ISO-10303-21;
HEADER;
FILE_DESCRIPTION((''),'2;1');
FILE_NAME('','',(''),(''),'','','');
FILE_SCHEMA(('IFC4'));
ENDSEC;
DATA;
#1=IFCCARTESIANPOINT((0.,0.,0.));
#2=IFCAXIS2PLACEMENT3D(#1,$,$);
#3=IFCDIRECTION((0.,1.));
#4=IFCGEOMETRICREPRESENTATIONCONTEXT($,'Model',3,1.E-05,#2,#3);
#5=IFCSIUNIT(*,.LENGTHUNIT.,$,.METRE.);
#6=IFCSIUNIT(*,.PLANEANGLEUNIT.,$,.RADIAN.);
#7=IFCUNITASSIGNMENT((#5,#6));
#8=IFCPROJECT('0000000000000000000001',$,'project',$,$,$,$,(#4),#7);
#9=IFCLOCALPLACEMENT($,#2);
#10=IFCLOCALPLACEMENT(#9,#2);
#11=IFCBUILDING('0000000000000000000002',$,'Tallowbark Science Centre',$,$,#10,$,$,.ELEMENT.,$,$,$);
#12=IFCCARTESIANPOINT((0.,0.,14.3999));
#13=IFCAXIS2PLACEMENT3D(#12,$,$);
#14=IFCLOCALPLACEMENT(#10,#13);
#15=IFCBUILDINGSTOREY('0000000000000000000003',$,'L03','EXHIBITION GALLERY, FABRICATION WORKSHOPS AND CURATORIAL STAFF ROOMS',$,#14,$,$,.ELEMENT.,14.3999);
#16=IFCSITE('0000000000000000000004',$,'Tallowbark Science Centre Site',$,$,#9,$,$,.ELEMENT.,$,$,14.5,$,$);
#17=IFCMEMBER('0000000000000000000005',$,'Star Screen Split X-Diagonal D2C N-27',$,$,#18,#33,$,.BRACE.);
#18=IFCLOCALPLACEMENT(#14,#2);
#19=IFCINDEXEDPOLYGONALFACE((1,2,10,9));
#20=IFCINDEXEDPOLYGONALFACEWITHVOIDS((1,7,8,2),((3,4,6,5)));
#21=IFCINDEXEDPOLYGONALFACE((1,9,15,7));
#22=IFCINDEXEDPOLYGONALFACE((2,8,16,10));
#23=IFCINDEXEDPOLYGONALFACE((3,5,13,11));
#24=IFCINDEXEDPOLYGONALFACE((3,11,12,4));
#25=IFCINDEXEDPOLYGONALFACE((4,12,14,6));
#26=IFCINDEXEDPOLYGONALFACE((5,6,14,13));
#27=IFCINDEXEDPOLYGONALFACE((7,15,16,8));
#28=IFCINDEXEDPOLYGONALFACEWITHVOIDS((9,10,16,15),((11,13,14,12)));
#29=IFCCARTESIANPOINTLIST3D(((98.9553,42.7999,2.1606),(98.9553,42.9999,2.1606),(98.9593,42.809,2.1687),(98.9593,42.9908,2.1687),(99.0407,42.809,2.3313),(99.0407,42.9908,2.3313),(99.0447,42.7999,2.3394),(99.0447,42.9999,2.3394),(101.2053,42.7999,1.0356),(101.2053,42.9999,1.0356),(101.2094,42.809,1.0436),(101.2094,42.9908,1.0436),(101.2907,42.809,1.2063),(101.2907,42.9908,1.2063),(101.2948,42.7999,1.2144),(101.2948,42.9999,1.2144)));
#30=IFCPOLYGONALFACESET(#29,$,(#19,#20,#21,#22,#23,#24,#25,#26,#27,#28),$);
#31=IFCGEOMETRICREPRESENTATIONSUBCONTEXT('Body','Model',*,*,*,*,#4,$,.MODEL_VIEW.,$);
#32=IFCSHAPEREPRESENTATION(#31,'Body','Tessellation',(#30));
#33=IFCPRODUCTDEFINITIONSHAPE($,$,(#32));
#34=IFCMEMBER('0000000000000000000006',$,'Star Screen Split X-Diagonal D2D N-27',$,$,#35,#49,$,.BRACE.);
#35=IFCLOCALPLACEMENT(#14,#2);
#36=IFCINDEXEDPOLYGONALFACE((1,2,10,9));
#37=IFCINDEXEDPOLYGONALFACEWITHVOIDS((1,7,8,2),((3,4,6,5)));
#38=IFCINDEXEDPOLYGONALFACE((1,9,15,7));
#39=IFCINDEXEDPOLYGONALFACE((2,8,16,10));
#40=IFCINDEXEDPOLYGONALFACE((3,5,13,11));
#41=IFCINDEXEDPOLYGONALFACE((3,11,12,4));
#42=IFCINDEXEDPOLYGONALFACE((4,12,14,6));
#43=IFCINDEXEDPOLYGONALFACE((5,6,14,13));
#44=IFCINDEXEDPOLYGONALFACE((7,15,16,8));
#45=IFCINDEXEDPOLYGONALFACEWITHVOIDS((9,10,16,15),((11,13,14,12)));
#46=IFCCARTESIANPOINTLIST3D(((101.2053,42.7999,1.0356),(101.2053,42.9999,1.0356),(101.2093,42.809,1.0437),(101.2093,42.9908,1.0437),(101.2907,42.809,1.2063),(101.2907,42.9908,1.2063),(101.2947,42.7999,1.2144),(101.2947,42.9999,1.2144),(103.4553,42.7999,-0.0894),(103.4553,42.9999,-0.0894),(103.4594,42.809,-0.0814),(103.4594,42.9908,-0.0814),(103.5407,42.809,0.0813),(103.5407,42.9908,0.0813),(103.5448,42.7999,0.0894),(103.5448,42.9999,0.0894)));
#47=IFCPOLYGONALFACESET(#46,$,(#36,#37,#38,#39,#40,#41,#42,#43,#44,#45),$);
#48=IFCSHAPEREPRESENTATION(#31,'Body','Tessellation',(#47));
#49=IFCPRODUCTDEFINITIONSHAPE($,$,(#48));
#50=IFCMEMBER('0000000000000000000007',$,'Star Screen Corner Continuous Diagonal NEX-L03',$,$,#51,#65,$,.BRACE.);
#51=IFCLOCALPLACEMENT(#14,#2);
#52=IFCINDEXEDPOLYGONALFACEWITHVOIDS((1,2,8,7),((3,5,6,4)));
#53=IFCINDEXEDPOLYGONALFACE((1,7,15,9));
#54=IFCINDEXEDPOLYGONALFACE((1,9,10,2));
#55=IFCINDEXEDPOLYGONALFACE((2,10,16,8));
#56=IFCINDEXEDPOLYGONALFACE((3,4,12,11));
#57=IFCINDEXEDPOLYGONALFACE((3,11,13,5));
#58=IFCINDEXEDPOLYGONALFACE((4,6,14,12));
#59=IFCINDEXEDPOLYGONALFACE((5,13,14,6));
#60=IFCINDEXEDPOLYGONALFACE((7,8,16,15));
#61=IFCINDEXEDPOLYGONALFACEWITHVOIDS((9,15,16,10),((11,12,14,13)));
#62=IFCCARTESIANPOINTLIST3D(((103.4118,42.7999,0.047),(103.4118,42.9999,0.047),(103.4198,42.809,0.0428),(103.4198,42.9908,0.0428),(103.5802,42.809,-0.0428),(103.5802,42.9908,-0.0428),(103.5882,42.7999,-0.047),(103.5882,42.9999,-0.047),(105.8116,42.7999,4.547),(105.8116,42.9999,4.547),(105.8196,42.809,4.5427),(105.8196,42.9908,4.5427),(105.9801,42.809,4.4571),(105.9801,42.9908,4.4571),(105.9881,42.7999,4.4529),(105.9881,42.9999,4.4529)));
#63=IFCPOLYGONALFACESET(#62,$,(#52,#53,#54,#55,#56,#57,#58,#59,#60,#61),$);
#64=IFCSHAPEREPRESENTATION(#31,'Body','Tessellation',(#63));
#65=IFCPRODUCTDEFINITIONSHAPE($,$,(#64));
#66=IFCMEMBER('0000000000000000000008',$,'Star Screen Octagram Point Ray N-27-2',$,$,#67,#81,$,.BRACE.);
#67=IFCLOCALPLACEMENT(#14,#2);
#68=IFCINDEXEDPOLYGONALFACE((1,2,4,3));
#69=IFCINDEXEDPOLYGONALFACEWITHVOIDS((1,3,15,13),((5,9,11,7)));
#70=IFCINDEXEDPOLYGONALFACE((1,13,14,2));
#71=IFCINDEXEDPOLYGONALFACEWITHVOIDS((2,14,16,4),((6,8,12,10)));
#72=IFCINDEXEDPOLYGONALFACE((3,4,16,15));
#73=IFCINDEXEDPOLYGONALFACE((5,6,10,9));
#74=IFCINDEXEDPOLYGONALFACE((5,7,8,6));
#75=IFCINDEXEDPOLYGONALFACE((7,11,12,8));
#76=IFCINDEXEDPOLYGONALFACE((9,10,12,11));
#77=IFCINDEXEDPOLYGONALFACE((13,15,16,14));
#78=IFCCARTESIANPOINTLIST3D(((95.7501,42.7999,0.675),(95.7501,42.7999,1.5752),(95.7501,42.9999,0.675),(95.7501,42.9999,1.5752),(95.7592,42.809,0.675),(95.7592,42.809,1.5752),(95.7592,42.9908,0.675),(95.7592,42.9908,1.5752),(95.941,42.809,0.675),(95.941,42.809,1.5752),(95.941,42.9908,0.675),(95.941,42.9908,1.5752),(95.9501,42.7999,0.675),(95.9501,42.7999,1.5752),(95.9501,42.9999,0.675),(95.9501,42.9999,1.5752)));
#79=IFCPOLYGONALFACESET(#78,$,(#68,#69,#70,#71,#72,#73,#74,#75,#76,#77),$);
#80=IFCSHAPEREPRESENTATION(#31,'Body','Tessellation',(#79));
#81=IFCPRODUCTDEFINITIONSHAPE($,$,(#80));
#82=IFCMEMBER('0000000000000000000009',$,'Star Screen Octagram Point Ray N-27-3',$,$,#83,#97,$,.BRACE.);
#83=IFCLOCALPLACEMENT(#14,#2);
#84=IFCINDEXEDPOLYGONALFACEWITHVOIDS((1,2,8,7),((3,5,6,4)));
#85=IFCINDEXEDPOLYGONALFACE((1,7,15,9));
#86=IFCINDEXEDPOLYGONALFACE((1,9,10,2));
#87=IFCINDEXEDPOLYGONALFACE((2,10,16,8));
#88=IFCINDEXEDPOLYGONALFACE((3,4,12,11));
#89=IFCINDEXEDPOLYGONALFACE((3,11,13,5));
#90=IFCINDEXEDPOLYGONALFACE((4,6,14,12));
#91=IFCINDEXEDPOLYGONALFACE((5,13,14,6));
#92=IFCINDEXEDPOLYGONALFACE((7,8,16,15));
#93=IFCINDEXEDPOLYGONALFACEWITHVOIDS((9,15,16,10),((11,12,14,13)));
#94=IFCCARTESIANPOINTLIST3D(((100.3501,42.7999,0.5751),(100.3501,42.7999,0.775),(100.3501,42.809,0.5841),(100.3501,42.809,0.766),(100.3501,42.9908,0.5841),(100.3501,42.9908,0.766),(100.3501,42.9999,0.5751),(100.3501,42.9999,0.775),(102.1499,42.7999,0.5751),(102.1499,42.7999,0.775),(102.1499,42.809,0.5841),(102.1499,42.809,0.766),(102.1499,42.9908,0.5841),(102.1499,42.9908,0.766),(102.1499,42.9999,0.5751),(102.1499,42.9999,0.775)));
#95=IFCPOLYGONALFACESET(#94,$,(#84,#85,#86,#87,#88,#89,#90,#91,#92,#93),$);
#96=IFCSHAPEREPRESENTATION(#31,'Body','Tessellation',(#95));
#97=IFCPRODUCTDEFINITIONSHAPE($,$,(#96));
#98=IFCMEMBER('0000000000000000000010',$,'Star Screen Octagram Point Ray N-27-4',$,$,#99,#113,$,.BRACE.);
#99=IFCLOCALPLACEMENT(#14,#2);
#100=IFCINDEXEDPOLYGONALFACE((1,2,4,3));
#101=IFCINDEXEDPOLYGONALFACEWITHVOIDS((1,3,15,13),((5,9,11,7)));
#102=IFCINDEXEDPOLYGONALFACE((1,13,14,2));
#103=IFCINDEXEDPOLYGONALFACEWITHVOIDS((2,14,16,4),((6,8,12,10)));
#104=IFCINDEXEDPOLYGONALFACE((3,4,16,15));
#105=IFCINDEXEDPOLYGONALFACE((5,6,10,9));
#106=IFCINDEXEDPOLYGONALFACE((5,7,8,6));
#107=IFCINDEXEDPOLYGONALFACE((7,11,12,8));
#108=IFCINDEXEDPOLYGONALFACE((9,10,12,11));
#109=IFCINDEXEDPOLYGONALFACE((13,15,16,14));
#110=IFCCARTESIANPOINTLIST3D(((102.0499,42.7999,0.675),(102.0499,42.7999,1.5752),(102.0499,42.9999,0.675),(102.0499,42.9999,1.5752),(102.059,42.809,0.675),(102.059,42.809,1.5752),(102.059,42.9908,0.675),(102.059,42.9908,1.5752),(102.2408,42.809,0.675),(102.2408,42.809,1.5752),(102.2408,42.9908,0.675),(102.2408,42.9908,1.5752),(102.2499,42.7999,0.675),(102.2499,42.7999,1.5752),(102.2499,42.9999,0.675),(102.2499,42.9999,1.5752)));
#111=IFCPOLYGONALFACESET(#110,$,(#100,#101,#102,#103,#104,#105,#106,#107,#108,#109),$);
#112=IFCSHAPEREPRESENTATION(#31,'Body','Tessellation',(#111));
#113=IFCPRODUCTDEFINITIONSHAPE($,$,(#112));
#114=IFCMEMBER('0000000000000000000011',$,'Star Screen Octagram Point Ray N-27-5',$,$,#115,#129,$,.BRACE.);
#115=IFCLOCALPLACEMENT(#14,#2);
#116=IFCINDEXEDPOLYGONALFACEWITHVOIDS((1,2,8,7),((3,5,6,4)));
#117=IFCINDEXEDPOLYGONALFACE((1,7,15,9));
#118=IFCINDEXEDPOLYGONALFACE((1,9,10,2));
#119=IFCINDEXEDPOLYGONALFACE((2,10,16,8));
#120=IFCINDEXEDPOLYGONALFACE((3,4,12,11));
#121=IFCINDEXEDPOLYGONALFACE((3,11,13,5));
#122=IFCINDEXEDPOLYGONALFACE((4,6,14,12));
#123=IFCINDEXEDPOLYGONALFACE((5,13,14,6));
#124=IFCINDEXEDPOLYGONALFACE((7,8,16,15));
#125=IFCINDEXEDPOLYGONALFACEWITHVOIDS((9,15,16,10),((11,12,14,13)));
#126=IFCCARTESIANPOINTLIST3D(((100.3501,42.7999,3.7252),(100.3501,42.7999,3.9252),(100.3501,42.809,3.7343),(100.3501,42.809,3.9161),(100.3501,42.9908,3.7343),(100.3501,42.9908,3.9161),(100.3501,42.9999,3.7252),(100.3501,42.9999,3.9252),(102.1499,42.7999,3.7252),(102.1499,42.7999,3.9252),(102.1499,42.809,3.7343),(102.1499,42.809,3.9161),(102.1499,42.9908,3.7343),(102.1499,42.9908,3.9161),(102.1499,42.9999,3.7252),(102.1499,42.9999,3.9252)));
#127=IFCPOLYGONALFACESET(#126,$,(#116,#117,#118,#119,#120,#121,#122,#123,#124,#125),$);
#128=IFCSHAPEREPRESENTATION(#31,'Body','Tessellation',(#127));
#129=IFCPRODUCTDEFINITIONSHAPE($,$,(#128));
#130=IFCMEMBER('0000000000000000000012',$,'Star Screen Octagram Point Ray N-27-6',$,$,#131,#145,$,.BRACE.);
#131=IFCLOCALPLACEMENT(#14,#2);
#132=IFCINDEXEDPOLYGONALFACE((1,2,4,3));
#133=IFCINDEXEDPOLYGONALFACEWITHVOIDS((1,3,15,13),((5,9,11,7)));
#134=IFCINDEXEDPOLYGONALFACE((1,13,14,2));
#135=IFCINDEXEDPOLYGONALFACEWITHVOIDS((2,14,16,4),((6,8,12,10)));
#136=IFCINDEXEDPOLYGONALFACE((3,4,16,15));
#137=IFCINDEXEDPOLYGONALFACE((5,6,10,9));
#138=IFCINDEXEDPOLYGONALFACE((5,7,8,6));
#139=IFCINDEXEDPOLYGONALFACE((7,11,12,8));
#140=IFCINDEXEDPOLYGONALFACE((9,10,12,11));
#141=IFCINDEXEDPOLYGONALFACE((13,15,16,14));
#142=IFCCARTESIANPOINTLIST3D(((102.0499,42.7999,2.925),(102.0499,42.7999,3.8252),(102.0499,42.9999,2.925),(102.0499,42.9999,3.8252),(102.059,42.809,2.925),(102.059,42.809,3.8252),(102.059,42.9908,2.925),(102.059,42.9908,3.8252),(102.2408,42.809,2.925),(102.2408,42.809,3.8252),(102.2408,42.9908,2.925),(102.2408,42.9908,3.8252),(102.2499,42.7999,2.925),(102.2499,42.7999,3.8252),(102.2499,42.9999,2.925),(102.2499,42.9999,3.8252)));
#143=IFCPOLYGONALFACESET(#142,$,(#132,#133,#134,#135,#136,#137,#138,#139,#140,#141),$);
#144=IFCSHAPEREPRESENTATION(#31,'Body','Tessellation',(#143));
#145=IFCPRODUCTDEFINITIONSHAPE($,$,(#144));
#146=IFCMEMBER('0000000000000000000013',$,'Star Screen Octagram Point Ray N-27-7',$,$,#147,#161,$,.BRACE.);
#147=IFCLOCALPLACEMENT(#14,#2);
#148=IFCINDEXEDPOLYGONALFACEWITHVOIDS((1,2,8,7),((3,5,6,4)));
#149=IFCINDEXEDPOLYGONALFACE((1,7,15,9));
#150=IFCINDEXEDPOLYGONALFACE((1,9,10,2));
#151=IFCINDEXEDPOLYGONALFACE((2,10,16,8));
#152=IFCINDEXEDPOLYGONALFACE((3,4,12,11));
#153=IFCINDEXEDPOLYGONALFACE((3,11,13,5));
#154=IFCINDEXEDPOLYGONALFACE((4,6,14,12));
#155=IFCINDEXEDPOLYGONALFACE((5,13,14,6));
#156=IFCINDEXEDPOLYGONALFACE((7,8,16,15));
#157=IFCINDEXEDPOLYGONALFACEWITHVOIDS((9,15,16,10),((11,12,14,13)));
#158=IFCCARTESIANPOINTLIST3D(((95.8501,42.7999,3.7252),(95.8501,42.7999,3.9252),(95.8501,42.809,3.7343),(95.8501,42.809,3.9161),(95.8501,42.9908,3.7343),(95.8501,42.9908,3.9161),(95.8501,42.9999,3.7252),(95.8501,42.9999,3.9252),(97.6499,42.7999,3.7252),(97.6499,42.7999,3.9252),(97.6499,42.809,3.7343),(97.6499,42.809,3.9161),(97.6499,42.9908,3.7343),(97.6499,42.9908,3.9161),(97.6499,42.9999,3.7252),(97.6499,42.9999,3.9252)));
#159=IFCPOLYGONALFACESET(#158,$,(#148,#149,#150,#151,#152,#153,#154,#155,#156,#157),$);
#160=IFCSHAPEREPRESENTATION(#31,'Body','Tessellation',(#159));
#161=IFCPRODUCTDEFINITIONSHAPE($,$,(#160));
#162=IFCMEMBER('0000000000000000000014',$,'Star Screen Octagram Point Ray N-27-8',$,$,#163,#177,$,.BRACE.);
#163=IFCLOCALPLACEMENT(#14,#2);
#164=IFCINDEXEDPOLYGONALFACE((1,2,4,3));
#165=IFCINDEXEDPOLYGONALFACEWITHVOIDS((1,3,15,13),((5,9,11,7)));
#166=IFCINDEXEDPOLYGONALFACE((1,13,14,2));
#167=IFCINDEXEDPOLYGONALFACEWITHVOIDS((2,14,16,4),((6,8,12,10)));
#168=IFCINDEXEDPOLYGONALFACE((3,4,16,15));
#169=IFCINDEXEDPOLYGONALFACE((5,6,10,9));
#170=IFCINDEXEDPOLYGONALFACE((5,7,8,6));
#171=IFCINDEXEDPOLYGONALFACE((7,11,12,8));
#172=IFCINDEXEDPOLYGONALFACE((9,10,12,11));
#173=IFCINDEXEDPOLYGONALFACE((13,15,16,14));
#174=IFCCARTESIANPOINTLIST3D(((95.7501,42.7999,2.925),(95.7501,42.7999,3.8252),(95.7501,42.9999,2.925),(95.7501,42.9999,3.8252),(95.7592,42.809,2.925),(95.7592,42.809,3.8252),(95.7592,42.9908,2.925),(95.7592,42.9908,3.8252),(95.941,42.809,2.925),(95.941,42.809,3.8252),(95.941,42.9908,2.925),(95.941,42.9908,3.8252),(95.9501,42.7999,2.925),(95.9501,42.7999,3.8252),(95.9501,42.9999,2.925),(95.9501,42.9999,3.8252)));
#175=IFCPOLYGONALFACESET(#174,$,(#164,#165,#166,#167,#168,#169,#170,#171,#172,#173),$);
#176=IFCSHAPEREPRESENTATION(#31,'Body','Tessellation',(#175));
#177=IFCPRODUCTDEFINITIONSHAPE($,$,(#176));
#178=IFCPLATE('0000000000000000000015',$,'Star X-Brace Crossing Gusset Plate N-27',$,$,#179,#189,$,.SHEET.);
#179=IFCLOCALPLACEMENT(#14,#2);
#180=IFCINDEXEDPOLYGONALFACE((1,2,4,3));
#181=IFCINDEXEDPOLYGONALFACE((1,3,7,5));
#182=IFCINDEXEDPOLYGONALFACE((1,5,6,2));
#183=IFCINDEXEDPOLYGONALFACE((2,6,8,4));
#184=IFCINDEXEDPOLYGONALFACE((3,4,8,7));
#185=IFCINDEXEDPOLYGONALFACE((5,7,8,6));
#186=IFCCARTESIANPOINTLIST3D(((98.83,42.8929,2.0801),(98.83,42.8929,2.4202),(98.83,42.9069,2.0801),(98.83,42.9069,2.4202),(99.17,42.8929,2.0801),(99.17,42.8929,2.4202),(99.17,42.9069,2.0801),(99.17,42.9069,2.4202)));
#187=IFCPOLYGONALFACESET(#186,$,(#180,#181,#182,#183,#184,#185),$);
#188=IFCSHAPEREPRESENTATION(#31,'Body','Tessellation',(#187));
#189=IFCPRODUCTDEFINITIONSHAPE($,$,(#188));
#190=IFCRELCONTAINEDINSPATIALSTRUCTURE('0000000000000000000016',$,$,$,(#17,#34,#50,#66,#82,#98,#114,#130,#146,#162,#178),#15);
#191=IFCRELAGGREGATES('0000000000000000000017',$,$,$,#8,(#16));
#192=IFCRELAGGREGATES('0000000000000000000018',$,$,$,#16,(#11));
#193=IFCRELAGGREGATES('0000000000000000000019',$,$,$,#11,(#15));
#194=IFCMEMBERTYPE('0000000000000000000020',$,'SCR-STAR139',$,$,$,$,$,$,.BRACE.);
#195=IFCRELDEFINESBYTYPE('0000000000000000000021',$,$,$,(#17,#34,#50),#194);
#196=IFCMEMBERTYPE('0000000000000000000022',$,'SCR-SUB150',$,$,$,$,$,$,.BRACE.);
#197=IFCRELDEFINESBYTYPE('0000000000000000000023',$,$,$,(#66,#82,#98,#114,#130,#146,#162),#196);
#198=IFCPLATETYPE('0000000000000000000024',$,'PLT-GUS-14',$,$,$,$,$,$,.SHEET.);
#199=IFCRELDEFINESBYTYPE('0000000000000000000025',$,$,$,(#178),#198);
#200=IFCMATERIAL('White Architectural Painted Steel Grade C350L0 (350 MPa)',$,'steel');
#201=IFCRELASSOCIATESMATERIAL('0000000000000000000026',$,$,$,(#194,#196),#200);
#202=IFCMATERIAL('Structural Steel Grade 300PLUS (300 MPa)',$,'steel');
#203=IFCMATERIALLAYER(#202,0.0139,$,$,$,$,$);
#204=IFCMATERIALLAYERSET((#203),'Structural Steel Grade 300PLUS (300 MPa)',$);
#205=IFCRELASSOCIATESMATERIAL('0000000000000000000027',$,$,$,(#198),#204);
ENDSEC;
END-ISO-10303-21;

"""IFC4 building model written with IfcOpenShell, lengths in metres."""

from ifc_helpers import new_model, si_unit, direction, frame, origin, origin_2d, place, context, subcontext, project, spatial, rectangle, hollow_rectangle, extrude, material, layer, layer_set, material_profile, profile_set, type_object, element, save


model = new_model("IFC4")

# Units and contexts
model_context = context("Model", 3, precision=1e-05, world=origin(), true_north=direction((0.0, 1.0)))
body_context = subcontext(model_context, "Body", "Model", "MODEL_VIEW")
ifc_project = project(units=[si_unit("LENGTHUNIT", "METRE"), si_unit("PLANEANGLEUNIT", "RADIAN")], contexts=[model_context])

# Site, building, storey
site_placement = place(None, origin())
site = spatial("IfcSite", under=ifc_project, at=site_placement, Name="Tallowbark Science Centre Site", CompositionType="ELEMENT", RefElevation=14.5)
building_placement = place(site_placement, origin())
building = spatial("IfcBuilding", under=site, at=building_placement, Name="Tallowbark Science Centre", CompositionType="ELEMENT")
storey_placement = place(building_placement, frame((0.0, 0.0, 14.3999)))
storey = spatial("IfcBuildingStorey", under=building, at=storey_placement, Name="L03", Description="EXHIBITION GALLERY, FABRICATION WORKSHOPS AND CURATORIAL STAFF ROOMS", CompositionType="ELEMENT", Elevation=14.3999)

# Shared definitions
ifc_material_1 = material(Name="White Architectural Painted Steel Grade C350L0 (350 MPa)", Category="steel")

# Shared definitions
ifc_material_2 = material(Name="Structural Steel Grade 300PLUS (300 MPa)", Category="steel")

# Members
ifc_material_profile_1 = material_profile(ifc_material_1, hollow_rectangle(XDim=0.2, YDim=0.2, WallThickness=0.009, at=origin_2d()), Name="200x200x9.0SHS")
ifc_profile_set_1 = profile_set([ifc_material_profile_1], Name="White Architectural Painted Steel Grade C350L0 (350 MPa)")
member_type_1 = type_object("IfcMemberType", Name="SCR-STAR139", PredefinedType="BRACE", material=ifc_profile_set_1)
for number, where, z_axis, x_axis, name in (
    (1, (99.0, 42.8999, 2.25), (0.894427, 0.0, -0.447214), (0.0, 1.0, 0.0), "Star Screen Split X-Diagonal D2C N-27"),
    (2, (101.25, 42.8999, 1.125), (0.894427, 0.0, -0.447214), (0.0, 1.0, 0.0), "Star Screen Split X-Diagonal D2D N-27"),
):
    element("IfcMember", number, at=place(storey_placement, frame(where, z_axis=z_axis, x_axis=x_axis)), inside=storey, type_object=member_type_1, Name=name, PredefinedType="BRACE", context=body_context, shape_type="SweptSolid", body=[
        extrude(hollow_rectangle(XDim=0.2, YDim=0.2, WallThickness=0.009, at=origin_2d()), origin(), (0.0, 0.0, 1.0), 2.5156),
    ])
member_1_placement = place(storey_placement, frame((103.5, 42.8999, 0.0), z_axis=(0.470573, 0.0, 0.882361), x_axis=(0.0, 1.0, 0.0)))
element("IfcMember", 3, at=member_1_placement, inside=storey, type_object=member_type_1, Name="Star Screen Corner Continuous Diagonal NEX-L03", PredefinedType="BRACE", context=body_context, shape_type="SweptSolid", body=[
    extrude(hollow_rectangle(XDim=0.2, YDim=0.2, WallThickness=0.009, at=origin_2d()), origin(), (0.0, 0.0, 1.0), 5.0999),
])
ifc_material_profile_2 = material_profile(ifc_material_1, hollow_rectangle(XDim=0.2, YDim=0.2, WallThickness=0.009, at=origin_2d()), Name="200x200x9.0SHS")
ifc_profile_set_2 = profile_set([ifc_material_profile_2], Name="White Architectural Painted Steel Grade C350L0 (350 MPa)")
member_type_2 = type_object("IfcMemberType", Name="SCR-SUB150", PredefinedType="BRACE", material=ifc_profile_set_2)
member_2_placement = place(storey_placement, frame((95.8501, 42.8999, 0.675), z_axis=(0.0, 0.0, 1.0), x_axis=(1.0, 0.0, 0.0)))
element("IfcMember", 4, at=member_2_placement, inside=storey, type_object=member_type_2, Name="Star Screen Octagram Point Ray N-27-2", PredefinedType="BRACE", context=body_context, shape_type="SweptSolid", body=[
    extrude(hollow_rectangle(XDim=0.2, YDim=0.2, WallThickness=0.009, at=origin_2d()), origin(), (0.0, 0.0, 1.0), 0.9001),
])
member_3_placement = place(storey_placement, frame((102.1499, 42.8999, 0.675), z_axis=(-1.0, 0.0, 0.0), x_axis=(0.0, -1.0, 0.0)))
element("IfcMember", 5, at=member_3_placement, inside=storey, type_object=member_type_2, Name="Star Screen Octagram Point Ray N-27-3", PredefinedType="BRACE", context=body_context, shape_type="SweptSolid", body=[
    extrude(hollow_rectangle(XDim=0.2, YDim=0.2, WallThickness=0.009, at=origin_2d()), origin(), (0.0, 0.0, 1.0), 1.7998),
])
member_4_placement = place(storey_placement, frame((102.1499, 42.8999, 0.675), z_axis=(0.0, 0.0, 1.0), x_axis=(1.0, 0.0, 0.0)))
element("IfcMember", 6, at=member_4_placement, inside=storey, type_object=member_type_2, Name="Star Screen Octagram Point Ray N-27-4", PredefinedType="BRACE", context=body_context, shape_type="SweptSolid", body=[
    extrude(hollow_rectangle(XDim=0.2, YDim=0.2, WallThickness=0.009, at=origin_2d()), origin(), (0.0, 0.0, 1.0), 0.9001),
])
member_5_placement = place(storey_placement, frame((102.1499, 42.8999, 3.8252), z_axis=(-1.0, 0.0, 0.0), x_axis=(0.0, -1.0, 0.0)))
element("IfcMember", 7, at=member_5_placement, inside=storey, type_object=member_type_2, Name="Star Screen Octagram Point Ray N-27-5", PredefinedType="BRACE", context=body_context, shape_type="SweptSolid", body=[
    extrude(hollow_rectangle(XDim=0.2, YDim=0.2, WallThickness=0.009, at=origin_2d()), origin(), (0.0, 0.0, 1.0), 1.7998),
])
member_6_placement = place(storey_placement, frame((102.1499, 42.8999, 3.8252), z_axis=(0.0, 0.0, -1.0), x_axis=(1.0, 0.0, 0.0)))
element("IfcMember", 8, at=member_6_placement, inside=storey, type_object=member_type_2, Name="Star Screen Octagram Point Ray N-27-6", PredefinedType="BRACE", context=body_context, shape_type="SweptSolid", body=[
    extrude(hollow_rectangle(XDim=0.2, YDim=0.2, WallThickness=0.009, at=origin_2d()), origin(), (0.0, 0.0, 1.0), 0.9001),
])
member_7_placement = place(storey_placement, frame((95.8501, 42.8999, 3.8252), z_axis=(1.0, 0.0, 0.0), x_axis=(0.0, 1.0, 0.0)))
element("IfcMember", 9, at=member_7_placement, inside=storey, type_object=member_type_2, Name="Star Screen Octagram Point Ray N-27-7", PredefinedType="BRACE", context=body_context, shape_type="SweptSolid", body=[
    extrude(hollow_rectangle(XDim=0.2, YDim=0.2, WallThickness=0.009, at=origin_2d()), origin(), (0.0, 0.0, 1.0), 1.7998),
])
member_8_placement = place(storey_placement, frame((95.8501, 42.8999, 3.8252), z_axis=(0.0, 0.0, -1.0), x_axis=(1.0, 0.0, 0.0)))
element("IfcMember", 10, at=member_8_placement, inside=storey, type_object=member_type_2, Name="Star Screen Octagram Point Ray N-27-8", PredefinedType="BRACE", context=body_context, shape_type="SweptSolid", body=[
    extrude(hollow_rectangle(XDim=0.2, YDim=0.2, WallThickness=0.009, at=origin_2d()), origin(), (0.0, 0.0, 1.0), 0.9001),
])

# Plate
ifc_layer_1 = layer(ifc_material_2, 0.0139)
ifc_layer_set_1 = layer_set([ifc_layer_1], Name="Structural Steel Grade 300PLUS (300 MPa)")
plate_type_1 = type_object("IfcPlateType", Name="PLT-GUS-14", PredefinedType="SHEET", material=ifc_layer_set_1)
plate_1_placement = place(storey_placement, frame((99.0, 42.8999, 2.0801), z_axis=(0.0, 0.0, 1.0), x_axis=(1.0, 0.0, 0.0)))
element("IfcPlate", 11, at=plate_1_placement, inside=storey, type_object=plate_type_1, Name="Star X-Brace Crossing Gusset Plate N-27", PredefinedType="SHEET", context=body_context, shape_type="SweptSolid", body=[
    extrude(rectangle(XDim=0.3401, YDim=0.0139, at=origin_2d()), origin(), (0.0, 0.0, 1.0), 0.3401),
])

save(model, "model.ifc")
